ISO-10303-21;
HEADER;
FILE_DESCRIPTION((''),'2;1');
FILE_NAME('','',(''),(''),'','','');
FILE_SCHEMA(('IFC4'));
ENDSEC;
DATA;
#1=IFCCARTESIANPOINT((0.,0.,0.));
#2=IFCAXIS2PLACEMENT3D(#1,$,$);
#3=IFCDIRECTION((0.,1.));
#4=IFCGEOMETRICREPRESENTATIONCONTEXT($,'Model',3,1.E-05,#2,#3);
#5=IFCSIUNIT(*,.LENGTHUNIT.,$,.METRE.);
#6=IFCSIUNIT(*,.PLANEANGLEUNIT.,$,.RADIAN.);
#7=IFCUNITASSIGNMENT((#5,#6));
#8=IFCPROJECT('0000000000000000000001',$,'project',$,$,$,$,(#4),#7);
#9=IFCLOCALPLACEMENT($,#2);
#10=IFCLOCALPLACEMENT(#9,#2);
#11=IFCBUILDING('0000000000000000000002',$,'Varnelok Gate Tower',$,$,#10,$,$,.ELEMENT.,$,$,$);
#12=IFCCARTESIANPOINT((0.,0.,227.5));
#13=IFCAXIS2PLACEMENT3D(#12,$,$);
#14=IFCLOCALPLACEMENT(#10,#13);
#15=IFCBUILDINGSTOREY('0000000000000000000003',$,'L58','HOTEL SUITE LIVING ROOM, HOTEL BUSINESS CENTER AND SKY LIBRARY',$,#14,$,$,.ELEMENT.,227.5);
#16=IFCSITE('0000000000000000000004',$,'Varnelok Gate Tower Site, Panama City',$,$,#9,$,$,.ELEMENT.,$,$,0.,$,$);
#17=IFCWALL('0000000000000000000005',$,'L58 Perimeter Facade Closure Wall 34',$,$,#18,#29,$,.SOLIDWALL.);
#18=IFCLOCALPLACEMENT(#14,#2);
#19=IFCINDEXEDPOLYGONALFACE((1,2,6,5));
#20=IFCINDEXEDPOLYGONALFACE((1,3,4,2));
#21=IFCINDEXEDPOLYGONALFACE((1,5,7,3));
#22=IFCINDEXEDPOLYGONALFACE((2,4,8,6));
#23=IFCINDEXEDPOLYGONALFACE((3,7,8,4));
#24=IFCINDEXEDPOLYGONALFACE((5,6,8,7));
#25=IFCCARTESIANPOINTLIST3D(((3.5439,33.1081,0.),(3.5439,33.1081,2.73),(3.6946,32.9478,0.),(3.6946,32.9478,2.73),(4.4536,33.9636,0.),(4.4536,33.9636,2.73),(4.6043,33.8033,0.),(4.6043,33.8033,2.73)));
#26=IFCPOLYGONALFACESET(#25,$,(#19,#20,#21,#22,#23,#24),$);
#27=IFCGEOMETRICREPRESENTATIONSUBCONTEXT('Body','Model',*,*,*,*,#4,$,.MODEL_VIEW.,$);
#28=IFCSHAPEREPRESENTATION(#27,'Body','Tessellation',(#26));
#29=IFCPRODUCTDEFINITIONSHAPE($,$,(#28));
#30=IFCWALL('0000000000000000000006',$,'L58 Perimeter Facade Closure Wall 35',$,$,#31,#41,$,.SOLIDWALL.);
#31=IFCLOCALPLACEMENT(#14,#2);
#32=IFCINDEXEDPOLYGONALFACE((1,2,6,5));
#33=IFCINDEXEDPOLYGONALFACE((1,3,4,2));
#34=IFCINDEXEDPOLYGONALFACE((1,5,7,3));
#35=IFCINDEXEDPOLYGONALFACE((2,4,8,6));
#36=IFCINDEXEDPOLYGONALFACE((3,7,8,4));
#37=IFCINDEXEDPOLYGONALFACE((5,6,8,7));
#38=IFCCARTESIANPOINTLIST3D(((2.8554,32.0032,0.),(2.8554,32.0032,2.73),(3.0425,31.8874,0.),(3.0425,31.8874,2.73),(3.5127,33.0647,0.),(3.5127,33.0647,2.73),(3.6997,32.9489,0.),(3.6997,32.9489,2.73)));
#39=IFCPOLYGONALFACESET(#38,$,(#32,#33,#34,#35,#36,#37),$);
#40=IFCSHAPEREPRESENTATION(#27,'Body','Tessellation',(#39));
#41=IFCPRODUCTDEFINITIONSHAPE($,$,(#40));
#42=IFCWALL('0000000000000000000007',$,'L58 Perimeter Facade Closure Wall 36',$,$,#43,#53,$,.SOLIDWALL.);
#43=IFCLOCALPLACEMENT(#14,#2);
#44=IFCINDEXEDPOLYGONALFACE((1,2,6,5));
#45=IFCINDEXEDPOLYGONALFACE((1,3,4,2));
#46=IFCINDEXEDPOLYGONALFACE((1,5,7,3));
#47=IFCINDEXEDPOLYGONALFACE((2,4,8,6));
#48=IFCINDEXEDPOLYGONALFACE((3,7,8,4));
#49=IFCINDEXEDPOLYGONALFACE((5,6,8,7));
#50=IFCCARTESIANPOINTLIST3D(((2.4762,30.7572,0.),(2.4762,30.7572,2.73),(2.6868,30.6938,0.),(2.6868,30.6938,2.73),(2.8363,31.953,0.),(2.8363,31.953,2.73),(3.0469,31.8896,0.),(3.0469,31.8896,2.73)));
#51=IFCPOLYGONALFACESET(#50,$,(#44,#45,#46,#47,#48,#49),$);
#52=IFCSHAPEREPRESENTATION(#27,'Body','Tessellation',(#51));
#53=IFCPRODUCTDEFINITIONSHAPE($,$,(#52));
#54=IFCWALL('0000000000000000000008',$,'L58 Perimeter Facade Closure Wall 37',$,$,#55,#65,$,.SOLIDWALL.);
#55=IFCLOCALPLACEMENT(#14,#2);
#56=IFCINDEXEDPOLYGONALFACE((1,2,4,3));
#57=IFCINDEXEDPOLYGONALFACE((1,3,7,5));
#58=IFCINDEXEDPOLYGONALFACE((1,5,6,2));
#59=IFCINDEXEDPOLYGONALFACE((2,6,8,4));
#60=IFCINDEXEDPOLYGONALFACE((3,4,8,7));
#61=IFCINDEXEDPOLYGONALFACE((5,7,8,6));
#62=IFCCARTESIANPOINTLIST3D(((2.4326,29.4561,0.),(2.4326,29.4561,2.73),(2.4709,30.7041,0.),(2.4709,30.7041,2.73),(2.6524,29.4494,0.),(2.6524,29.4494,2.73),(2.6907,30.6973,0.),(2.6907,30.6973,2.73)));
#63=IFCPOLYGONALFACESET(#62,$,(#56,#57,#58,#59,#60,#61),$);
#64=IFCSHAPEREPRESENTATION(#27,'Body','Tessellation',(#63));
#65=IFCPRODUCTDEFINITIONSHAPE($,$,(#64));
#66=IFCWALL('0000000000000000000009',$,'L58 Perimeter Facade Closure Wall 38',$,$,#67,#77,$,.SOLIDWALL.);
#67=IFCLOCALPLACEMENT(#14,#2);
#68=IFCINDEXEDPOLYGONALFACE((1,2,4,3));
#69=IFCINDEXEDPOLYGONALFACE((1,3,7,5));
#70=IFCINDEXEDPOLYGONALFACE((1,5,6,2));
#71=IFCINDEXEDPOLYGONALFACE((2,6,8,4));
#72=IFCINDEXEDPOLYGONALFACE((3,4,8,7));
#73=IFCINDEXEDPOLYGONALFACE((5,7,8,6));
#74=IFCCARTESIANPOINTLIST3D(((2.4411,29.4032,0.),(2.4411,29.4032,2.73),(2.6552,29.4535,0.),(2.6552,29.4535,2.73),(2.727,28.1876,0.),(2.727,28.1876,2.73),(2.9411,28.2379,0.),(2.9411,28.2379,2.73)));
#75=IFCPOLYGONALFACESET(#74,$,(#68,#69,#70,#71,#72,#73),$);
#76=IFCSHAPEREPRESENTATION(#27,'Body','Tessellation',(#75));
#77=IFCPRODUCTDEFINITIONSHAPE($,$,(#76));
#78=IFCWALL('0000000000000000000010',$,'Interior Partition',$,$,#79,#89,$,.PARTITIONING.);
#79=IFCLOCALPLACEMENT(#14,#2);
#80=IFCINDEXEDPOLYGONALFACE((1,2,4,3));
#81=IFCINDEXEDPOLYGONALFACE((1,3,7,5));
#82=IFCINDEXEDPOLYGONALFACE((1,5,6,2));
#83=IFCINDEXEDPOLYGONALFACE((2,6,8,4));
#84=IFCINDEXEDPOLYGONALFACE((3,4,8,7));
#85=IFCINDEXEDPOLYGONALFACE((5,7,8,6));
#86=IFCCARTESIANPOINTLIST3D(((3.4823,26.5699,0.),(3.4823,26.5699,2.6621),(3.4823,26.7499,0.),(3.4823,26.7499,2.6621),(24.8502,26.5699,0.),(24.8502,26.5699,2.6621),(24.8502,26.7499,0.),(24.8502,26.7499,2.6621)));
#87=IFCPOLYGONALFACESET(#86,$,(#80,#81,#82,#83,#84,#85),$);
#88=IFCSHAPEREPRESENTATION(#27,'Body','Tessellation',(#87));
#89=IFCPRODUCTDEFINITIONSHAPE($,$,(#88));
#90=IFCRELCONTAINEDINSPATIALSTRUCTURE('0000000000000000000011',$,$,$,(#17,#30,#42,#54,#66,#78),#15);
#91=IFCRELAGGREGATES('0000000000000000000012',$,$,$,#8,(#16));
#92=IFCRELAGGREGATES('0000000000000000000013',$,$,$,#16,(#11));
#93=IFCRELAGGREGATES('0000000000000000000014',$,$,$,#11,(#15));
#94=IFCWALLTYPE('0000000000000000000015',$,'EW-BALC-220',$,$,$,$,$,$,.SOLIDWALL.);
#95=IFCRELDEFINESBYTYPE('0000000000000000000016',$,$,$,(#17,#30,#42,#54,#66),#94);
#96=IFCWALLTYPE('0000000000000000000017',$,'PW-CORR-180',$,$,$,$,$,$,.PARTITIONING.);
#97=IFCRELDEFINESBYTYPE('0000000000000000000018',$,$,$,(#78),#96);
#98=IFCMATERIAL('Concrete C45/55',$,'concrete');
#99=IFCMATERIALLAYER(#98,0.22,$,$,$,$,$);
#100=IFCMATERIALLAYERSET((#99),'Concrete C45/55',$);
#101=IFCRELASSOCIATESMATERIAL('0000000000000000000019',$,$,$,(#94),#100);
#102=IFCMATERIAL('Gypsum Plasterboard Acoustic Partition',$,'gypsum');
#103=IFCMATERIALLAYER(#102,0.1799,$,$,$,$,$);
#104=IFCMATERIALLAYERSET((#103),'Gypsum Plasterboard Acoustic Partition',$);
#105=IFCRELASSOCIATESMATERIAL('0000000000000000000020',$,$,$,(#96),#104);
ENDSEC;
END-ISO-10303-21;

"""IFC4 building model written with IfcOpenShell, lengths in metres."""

from ifc_helpers import new_model, si_unit, direction, frame, frame_2d, origin, place, context, subcontext, project, spatial, rectangle, extrude, material, layer, layer_set, type_object, element, save


model = new_model("IFC4")

# Units and contexts
model_context = context("Model", 3, precision=1e-05, world=origin(), true_north=direction((0.0, 1.0)))
body_context = subcontext(model_context, "Body", "Model", "MODEL_VIEW")
ifc_project = project(units=[si_unit("LENGTHUNIT", "METRE"), si_unit("PLANEANGLEUNIT", "RADIAN")], contexts=[model_context])

# Site, building, storey
site_placement = place(None, origin())
site = spatial("IfcSite", under=ifc_project, at=site_placement, Name="Varnelok Gate Tower Site, Panama City", CompositionType="ELEMENT", RefElevation=0.0)
building_placement = place(site_placement, origin())
building = spatial("IfcBuilding", under=site, at=building_placement, Name="Varnelok Gate Tower", CompositionType="ELEMENT")
storey_placement = place(building_placement, frame((0.0, 0.0, 227.5)))
storey = spatial("IfcBuildingStorey", under=building, at=storey_placement, Name="L58", Description="HOTEL SUITE LIVING ROOM, HOTEL BUSINESS CENTER AND SKY LIBRARY", CompositionType="ELEMENT", Elevation=227.5)

# Walls
ifc_material_1 = material(Name="Concrete C45/55", Category="concrete")
ifc_layer_1 = layer(ifc_material_1, 0.22)
ifc_layer_set_1 = layer_set([ifc_layer_1], Name="Concrete C45/55")
wall_type_1 = type_object("IfcWallType", Name="EW-BALC-220", PredefinedType="SOLIDWALL", material=ifc_layer_set_1)
wall_1_placement = place(storey_placement, frame((4.5291, 33.8835, 0.0), z_axis=(0.0, 0.0, 1.0), x_axis=(-0.728475, -0.685072, 0.0)))
element("IfcWall", 1, at=wall_1_placement, inside=storey, type_object=wall_type_1, Name="L58 Perimeter Facade Closure Wall 34", PredefinedType="SOLIDWALL", context=body_context, shape_type="SweptSolid", body=[
    extrude(rectangle(XDim=1.2488, YDim=0.22, at=frame_2d((0.6245, 0.0))), origin(), (0.0, 0.0, 1.0), 2.73),
])
wall_2_placement = place(storey_placement, frame((3.6062, 33.0068, 0.0), z_axis=(0.0, 0.0, 1.0), x_axis=(-0.526408, -0.850232, 0.0)))
element("IfcWall", 2, at=wall_2_placement, inside=storey, type_object=wall_type_1, Name="L58 Perimeter Facade Closure Wall 35", PredefinedType="SOLIDWALL", context=body_context, shape_type="SweptSolid", body=[
    extrude(rectangle(XDim=1.2485, YDim=0.22, at=frame_2d((0.6243, 0.0))), origin(), (0.0, 0.0, 1.0), 2.73),
])
wall_3_placement = place(storey_placement, frame((2.9417, 31.9214, 0.0), z_axis=(0.0, 0.0, 1.0), x_axis=(-0.288352, -0.957524, 0.0)))
element("IfcWall", 3, at=wall_3_placement, inside=storey, type_object=wall_type_1, Name="L58 Perimeter Facade Closure Wall 36", PredefinedType="SOLIDWALL", context=body_context, shape_type="SweptSolid", body=[
    extrude(rectangle(XDim=1.2488, YDim=0.22, at=frame_2d((0.6245, 0.0))), origin(), (0.0, 0.0, 1.0), 2.73),
])
wall_4_placement = place(storey_placement, frame((2.5808, 30.7007, 0.0), z_axis=(0.0, 0.0, 1.0), x_axis=(-0.030698, -0.999529, 0.0)))
element("IfcWall", 4, at=wall_4_placement, inside=storey, type_object=wall_type_1, Name="L58 Perimeter Facade Closure Wall 37", PredefinedType="SOLIDWALL", context=body_context, shape_type="SweptSolid", body=[
    extrude(rectangle(XDim=1.2485, YDim=0.22, at=frame_2d((0.6243, 0.0))), origin(), (0.0, 0.0, 1.0), 2.73),
])
wall_5_placement = place(storey_placement, frame((2.5481, 29.4285, 0.0), z_axis=(0.0, 0.0, 1.0), x_axis=(0.228941, -0.97344, 0.0)))
element("IfcWall", 5, at=wall_5_placement, inside=storey, type_object=wall_type_1, Name="L58 Perimeter Facade Closure Wall 38", PredefinedType="SOLIDWALL", context=body_context, shape_type="SweptSolid", body=[
    extrude(rectangle(XDim=1.2488, YDim=0.22, at=frame_2d((0.6245, 0.0))), origin(), (0.0, 0.0, 1.0), 2.73),
])
ifc_material_2 = material(Name="Gypsum Plasterboard Acoustic Partition", Category="gypsum")
ifc_layer_2 = layer(ifc_material_2, 0.1799)
ifc_layer_set_2 = layer_set([ifc_layer_2], Name="Gypsum Plasterboard Acoustic Partition")
wall_type_2 = type_object("IfcWallType", Name="PW-CORR-180", PredefinedType="PARTITIONING", material=ifc_layer_set_2)
wall_6_placement = place(storey_placement, frame((3.4822, 26.6599, 0.0), z_axis=(0.0, 0.0, 1.0), x_axis=(1.0, 0.0, 0.0)))
element("IfcWall", 6, at=wall_6_placement, inside=storey, type_object=wall_type_2, Name="Interior Partition", PredefinedType="PARTITIONING", context=body_context, shape_type="SweptSolid", body=[
    extrude(rectangle(XDim=21.3679, YDim=0.1799, at=frame_2d((10.6841, 0.0))), origin(), (0.0, 0.0, 1.0), 2.6621),
])

save(model, "model.ifc")
